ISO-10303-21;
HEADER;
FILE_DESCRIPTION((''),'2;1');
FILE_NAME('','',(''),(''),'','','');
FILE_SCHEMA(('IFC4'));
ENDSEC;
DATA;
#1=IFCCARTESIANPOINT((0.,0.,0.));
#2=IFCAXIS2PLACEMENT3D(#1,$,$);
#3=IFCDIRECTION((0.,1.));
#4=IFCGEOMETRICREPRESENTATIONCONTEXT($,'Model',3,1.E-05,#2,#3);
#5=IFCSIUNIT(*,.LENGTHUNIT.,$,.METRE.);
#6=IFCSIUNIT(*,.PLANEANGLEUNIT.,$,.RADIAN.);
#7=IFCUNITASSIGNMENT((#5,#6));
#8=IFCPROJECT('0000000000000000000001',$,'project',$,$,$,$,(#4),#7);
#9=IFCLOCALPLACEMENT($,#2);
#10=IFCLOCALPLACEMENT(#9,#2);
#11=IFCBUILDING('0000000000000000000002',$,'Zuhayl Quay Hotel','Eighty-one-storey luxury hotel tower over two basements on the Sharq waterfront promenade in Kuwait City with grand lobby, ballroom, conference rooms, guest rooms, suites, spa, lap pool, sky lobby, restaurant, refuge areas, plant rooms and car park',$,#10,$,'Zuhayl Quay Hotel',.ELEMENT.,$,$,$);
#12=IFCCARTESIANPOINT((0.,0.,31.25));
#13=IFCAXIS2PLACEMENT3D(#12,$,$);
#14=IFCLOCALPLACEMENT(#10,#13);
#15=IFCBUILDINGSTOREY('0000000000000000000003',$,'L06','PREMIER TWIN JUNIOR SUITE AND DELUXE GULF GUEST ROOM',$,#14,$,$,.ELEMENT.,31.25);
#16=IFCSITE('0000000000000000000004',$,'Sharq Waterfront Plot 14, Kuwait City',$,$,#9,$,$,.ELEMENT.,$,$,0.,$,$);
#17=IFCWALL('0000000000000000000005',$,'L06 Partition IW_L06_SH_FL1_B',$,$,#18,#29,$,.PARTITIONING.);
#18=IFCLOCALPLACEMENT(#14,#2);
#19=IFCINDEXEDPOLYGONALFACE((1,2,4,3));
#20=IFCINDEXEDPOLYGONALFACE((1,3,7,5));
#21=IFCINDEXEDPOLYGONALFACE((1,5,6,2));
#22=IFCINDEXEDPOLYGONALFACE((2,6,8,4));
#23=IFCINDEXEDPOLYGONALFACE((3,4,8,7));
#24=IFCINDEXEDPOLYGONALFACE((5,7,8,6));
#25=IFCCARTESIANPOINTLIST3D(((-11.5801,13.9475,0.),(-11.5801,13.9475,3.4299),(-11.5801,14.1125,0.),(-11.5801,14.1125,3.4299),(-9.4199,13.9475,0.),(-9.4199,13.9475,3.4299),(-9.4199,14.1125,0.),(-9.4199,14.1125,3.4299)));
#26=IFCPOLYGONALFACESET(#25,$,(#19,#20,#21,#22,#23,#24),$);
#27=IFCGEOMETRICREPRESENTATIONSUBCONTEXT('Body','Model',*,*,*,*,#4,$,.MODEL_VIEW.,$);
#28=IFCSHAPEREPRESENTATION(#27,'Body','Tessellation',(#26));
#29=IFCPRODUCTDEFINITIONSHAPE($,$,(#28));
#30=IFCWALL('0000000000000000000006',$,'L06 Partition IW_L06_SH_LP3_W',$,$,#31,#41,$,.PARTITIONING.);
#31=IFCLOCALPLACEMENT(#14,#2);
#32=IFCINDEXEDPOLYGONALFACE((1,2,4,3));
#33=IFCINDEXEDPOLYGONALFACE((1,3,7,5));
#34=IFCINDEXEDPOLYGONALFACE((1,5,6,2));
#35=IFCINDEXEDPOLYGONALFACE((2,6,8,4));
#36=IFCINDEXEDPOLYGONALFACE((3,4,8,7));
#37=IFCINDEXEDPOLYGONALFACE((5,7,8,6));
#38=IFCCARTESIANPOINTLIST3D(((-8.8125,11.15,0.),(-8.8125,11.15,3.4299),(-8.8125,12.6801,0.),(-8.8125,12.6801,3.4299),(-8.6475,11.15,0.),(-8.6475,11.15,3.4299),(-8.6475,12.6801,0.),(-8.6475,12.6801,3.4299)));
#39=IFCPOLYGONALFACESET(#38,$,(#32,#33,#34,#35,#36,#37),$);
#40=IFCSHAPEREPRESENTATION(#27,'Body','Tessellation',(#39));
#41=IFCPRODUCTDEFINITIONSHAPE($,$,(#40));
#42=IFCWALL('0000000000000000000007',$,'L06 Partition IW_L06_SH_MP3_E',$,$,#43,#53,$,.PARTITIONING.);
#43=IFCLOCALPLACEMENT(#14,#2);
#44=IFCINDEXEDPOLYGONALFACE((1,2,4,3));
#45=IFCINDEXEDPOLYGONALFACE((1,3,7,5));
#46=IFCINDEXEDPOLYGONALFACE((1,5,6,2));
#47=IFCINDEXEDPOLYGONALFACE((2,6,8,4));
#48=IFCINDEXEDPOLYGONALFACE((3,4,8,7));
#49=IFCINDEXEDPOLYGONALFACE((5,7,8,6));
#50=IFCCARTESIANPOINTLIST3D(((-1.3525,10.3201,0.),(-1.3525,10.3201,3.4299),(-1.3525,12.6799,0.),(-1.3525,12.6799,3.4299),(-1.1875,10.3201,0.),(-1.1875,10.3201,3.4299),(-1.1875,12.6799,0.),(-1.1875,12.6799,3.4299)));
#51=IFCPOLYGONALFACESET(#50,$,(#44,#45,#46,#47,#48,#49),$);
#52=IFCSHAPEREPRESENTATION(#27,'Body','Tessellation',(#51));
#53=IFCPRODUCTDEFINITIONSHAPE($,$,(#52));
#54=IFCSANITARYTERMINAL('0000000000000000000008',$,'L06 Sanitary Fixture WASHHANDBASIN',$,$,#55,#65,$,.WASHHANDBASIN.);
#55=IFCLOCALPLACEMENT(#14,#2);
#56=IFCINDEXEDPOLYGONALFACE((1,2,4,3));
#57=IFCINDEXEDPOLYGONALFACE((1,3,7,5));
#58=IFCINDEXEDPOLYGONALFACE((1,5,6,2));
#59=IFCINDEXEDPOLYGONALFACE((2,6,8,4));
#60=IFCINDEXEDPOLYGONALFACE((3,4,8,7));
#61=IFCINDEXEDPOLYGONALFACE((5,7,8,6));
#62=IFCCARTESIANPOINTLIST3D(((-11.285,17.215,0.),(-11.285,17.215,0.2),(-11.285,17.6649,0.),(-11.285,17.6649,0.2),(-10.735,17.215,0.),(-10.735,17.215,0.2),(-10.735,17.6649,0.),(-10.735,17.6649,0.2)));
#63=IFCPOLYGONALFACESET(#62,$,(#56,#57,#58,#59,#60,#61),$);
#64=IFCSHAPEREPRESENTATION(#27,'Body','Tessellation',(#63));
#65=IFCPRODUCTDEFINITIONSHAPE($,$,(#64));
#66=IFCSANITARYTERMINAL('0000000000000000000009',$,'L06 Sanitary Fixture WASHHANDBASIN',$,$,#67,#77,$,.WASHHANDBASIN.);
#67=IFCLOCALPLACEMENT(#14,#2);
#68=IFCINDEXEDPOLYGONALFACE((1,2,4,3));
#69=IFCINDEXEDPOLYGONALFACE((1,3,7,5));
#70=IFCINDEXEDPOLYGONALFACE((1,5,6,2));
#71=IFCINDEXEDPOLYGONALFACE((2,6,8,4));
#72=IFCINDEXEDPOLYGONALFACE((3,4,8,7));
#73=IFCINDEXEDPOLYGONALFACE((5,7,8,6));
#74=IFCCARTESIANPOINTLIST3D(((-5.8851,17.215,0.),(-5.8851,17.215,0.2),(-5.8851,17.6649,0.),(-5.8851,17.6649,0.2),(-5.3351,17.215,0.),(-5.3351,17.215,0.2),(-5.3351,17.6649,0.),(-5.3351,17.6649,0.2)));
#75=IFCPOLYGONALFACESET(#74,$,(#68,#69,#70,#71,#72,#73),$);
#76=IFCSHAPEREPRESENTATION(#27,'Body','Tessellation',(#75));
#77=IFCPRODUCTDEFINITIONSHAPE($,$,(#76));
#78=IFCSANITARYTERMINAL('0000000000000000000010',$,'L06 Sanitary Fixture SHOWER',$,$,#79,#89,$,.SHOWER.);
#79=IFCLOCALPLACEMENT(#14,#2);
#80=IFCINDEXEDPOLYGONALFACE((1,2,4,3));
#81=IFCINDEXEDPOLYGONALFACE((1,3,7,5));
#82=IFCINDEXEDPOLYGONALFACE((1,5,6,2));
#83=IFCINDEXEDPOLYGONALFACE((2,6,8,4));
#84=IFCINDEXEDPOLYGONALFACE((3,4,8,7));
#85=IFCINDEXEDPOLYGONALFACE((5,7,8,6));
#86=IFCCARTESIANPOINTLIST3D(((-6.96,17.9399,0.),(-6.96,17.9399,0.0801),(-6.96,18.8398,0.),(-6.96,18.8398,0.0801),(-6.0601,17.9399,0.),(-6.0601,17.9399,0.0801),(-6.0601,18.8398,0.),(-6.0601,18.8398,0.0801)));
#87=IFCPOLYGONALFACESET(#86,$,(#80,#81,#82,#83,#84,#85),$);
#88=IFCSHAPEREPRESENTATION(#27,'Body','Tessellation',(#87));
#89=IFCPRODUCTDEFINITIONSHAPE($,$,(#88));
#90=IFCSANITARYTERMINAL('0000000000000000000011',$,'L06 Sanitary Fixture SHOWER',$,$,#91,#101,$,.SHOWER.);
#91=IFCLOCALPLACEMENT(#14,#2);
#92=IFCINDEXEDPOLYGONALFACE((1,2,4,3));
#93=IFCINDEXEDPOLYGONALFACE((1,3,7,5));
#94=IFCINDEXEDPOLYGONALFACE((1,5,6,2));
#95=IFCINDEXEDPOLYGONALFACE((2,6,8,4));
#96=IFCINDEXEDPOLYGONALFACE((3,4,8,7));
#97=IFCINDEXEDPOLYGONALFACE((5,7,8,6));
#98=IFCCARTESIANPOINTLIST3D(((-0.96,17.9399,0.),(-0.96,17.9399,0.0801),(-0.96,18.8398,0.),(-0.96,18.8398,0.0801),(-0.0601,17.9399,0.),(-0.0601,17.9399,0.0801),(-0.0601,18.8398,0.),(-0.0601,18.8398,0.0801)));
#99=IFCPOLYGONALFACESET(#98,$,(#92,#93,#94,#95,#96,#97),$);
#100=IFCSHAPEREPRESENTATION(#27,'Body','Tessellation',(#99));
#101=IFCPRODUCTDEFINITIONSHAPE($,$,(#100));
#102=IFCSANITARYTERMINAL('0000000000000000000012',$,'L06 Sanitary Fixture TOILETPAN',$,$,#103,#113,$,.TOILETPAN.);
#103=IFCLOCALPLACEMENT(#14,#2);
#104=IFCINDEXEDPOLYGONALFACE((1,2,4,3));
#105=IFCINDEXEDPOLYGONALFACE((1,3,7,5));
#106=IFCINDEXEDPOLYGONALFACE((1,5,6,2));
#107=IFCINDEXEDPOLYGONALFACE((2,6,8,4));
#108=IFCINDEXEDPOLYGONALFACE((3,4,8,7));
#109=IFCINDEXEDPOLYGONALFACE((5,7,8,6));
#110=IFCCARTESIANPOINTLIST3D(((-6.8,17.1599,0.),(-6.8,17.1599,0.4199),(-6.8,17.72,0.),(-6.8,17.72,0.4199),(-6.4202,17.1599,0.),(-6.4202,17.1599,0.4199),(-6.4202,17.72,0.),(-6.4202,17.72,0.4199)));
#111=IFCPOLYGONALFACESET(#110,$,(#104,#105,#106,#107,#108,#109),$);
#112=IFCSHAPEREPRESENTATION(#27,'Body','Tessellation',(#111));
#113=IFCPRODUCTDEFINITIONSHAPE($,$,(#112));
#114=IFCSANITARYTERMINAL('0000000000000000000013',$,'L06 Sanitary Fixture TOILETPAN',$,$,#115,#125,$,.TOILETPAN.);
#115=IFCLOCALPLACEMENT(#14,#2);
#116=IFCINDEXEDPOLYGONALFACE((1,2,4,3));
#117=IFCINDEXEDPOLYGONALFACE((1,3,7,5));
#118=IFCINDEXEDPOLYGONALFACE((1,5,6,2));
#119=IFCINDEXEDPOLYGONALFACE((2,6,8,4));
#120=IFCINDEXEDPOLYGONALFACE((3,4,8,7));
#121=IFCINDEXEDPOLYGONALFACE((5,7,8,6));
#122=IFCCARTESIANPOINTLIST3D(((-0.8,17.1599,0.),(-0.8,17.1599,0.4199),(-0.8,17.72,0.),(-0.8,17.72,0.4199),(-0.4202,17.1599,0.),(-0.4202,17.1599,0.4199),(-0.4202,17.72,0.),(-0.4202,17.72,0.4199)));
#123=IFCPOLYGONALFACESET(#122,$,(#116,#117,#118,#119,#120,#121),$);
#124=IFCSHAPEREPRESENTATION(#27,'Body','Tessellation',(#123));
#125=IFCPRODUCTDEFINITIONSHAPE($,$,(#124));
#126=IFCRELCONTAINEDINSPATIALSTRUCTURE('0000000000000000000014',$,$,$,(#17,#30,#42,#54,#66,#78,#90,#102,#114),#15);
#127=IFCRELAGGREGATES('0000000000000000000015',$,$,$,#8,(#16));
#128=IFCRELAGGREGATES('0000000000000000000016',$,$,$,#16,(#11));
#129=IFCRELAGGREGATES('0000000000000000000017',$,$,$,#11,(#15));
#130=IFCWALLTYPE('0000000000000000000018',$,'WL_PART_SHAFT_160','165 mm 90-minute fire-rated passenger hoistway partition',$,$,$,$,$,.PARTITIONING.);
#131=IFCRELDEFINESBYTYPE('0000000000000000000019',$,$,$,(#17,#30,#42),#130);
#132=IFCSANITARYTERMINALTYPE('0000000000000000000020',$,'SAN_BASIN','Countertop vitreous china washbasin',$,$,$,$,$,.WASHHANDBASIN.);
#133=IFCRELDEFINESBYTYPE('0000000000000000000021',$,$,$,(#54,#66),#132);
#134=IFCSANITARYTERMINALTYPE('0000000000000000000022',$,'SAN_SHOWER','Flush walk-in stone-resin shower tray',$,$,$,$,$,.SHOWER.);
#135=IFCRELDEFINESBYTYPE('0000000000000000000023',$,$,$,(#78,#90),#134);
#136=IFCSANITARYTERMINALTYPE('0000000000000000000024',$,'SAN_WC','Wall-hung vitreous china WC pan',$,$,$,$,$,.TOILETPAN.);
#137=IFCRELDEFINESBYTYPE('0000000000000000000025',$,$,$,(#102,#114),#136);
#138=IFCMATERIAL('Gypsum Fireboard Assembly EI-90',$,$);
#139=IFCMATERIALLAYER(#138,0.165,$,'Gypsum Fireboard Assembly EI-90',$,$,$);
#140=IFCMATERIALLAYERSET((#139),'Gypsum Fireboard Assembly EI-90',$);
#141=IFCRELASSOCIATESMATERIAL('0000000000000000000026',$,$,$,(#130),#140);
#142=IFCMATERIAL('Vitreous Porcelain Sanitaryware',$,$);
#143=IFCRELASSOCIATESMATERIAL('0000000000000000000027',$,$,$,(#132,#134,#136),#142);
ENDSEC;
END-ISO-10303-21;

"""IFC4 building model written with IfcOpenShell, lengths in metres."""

from ifc_helpers import new_model, si_unit, direction, frame, frame_2d, origin, origin_2d, place, context, subcontext, project, spatial, rectangle, extrude, material, layer, layer_set, type_object, element, save


model = new_model("IFC4")

# Units and contexts
model_context = context("Model", 3, precision=1e-05, world=origin(), true_north=direction((0.0, 1.0)))
body_context = subcontext(model_context, "Body", "Model", "MODEL_VIEW")
ifc_project = project(units=[si_unit("LENGTHUNIT", "METRE"), si_unit("PLANEANGLEUNIT", "RADIAN")], contexts=[model_context])

# Site, building, storey
site_placement = place(None, origin())
site = spatial("IfcSite", under=ifc_project, at=site_placement, Name="Sharq Waterfront Plot 14, Kuwait City", CompositionType="ELEMENT", RefElevation=0.0)
building_placement = place(site_placement, origin())
building = spatial("IfcBuilding", under=site, at=building_placement, Name="Zuhayl Quay Hotel", Description="Eighty-one-storey luxury hotel tower over two basements on the Sharq waterfront promenade in Kuwait City with grand lobby, ballroom, conference rooms, guest rooms, suites, spa, lap pool, sky lobby, restaurant, refuge areas, plant rooms and car park", LongName="Zuhayl Quay Hotel", CompositionType="ELEMENT")
storey_placement = place(building_placement, frame((0.0, 0.0, 31.25)))
storey = spatial("IfcBuildingStorey", under=building, at=storey_placement, Name="L06", Description="PREMIER TWIN JUNIOR SUITE AND DELUXE GULF GUEST ROOM", CompositionType="ELEMENT", Elevation=31.25)

# Shared definitions
ifc_material_1 = material(Name="Gypsum Fireboard Assembly EI-90")
ifc_layer_1 = layer(ifc_material_1, 0.165, Name="Gypsum Fireboard Assembly EI-90")
ifc_layer_set_1 = layer_set([ifc_layer_1], Name="Gypsum Fireboard Assembly EI-90")
wall_type_1 = type_object("IfcWallType", Name="WL_PART_SHAFT_160", Description="165 mm 90-minute fire-rated passenger hoistway partition", PredefinedType="PARTITIONING", material=ifc_layer_set_1)

# Walls
wall_1_placement = place(storey_placement, frame((-11.5801, 14.03, 0.0), z_axis=(0.0, 0.0, 1.0), x_axis=(1.0, 0.0, 0.0)))
element("IfcWall", 1, at=wall_1_placement, inside=storey, type_object=wall_type_1, Name="L06 Partition IW_L06_SH_FL1_B", PredefinedType="PARTITIONING", context=body_context, shape_type="SweptSolid", body=[
    extrude(rectangle(XDim=2.1602, YDim=0.165, at=frame_2d((1.0801, 0.0))), origin(), (0.0, 0.0, 1.0), 3.4299),
])
wall_2_placement = place(storey_placement, frame((-8.73, 11.1499, 0.0), z_axis=(0.0, 0.0, 1.0), x_axis=(0.0, 1.0, 0.0)))
element("IfcWall", 2, at=wall_2_placement, inside=storey, type_object=wall_type_1, Name="L06 Partition IW_L06_SH_LP3_W", PredefinedType="PARTITIONING", context=body_context, shape_type="SweptSolid", body=[
    extrude(rectangle(XDim=1.53, YDim=0.165, at=frame_2d((0.7651, 0.0))), origin(), (0.0, 0.0, 1.0), 3.4299),
])
wall_3_placement = place(storey_placement, frame((-1.27, 10.3201, 0.0), z_axis=(0.0, 0.0, 1.0), x_axis=(0.0, 1.0, 0.0)))
element("IfcWall", 3, at=wall_3_placement, inside=storey, type_object=wall_type_1, Name="L06 Partition IW_L06_SH_MP3_E", PredefinedType="PARTITIONING", context=body_context, shape_type="SweptSolid", body=[
    extrude(rectangle(XDim=2.3599, YDim=0.165, at=frame_2d((1.1799, 0.0))), origin(), (0.0, 0.0, 1.0), 3.4299),
])

# Sanitary terminals
ifc_material_2 = material(Name="Vitreous Porcelain Sanitaryware")
sanitary_terminal_type_1 = type_object("IfcSanitaryTerminalType", Name="SAN_BASIN", Description="Countertop vitreous china washbasin", PredefinedType="WASHHANDBASIN", material=ifc_material_2)
for number, where, z_axis, x_axis, name in (
    (4, (-11.01, 17.4399, 0.0), (0.0, 0.0, 1.0), (1.0, 0.0, 0.0), "L06 Sanitary Fixture WASHHANDBASIN"),
    (5, (-5.6101, 17.4399, 0.0), (0.0, 0.0, 1.0), (1.0, 0.0, 0.0), "L06 Sanitary Fixture WASHHANDBASIN"),
):
    element("IfcSanitaryTerminal", number, at=place(storey_placement, frame(where, z_axis=z_axis, x_axis=x_axis)), inside=storey, type_object=sanitary_terminal_type_1, Name=name, PredefinedType="WASHHANDBASIN", context=body_context, shape_type="SweptSolid", body=[
        extrude(rectangle(XDim=0.55, YDim=0.45, at=origin_2d()), origin(), (0.0, 0.0, 1.0), 0.2),
    ])
sanitary_terminal_type_2 = type_object("IfcSanitaryTerminalType", Name="SAN_SHOWER", Description="Flush walk-in stone-resin shower tray", PredefinedType="SHOWER", material=ifc_material_2)
for number, where, z_axis, x_axis, name in (
    (6, (-6.51, 18.3899, 0.0), (0.0, 0.0, 1.0), (1.0, 0.0, 0.0), "L06 Sanitary Fixture SHOWER"),
    (7, (-0.51, 18.3899, 0.0), (0.0, 0.0, 1.0), (1.0, 0.0, 0.0), "L06 Sanitary Fixture SHOWER"),
):
    element("IfcSanitaryTerminal", number, at=place(storey_placement, frame(where, z_axis=z_axis, x_axis=x_axis)), inside=storey, type_object=sanitary_terminal_type_2, Name=name, PredefinedType="SHOWER", context=body_context, shape_type="SweptSolid", body=[
        extrude(rectangle(XDim=0.8999, YDim=0.8999, at=origin_2d()), origin(), (0.0, 0.0, 1.0), 0.0801),
    ])
sanitary_terminal_type_3 = type_object("IfcSanitaryTerminalType", Name="SAN_WC", Description="Wall-hung vitreous china WC pan", PredefinedType="TOILETPAN", material=ifc_material_2)
for number, where, z_axis, x_axis, name in (
    (8, (-6.6101, 17.4399, 0.0), (0.0, 0.0, 1.0), (1.0, 0.0, 0.0), "L06 Sanitary Fixture TOILETPAN"),
    (9, (-0.6101, 17.4399, 0.0), (0.0, 0.0, 1.0), (1.0, 0.0, 0.0), "L06 Sanitary Fixture TOILETPAN"),
):
    element("IfcSanitaryTerminal", number, at=place(storey_placement, frame(where, z_axis=z_axis, x_axis=x_axis)), inside=storey, type_object=sanitary_terminal_type_3, Name=name, PredefinedType="TOILETPAN", context=body_context, shape_type="SweptSolid", body=[
        extrude(rectangle(XDim=0.3799, YDim=0.5601, at=origin_2d()), origin(), (0.0, 0.0, 1.0), 0.4199),
    ])

save(model, "model.ifc")
